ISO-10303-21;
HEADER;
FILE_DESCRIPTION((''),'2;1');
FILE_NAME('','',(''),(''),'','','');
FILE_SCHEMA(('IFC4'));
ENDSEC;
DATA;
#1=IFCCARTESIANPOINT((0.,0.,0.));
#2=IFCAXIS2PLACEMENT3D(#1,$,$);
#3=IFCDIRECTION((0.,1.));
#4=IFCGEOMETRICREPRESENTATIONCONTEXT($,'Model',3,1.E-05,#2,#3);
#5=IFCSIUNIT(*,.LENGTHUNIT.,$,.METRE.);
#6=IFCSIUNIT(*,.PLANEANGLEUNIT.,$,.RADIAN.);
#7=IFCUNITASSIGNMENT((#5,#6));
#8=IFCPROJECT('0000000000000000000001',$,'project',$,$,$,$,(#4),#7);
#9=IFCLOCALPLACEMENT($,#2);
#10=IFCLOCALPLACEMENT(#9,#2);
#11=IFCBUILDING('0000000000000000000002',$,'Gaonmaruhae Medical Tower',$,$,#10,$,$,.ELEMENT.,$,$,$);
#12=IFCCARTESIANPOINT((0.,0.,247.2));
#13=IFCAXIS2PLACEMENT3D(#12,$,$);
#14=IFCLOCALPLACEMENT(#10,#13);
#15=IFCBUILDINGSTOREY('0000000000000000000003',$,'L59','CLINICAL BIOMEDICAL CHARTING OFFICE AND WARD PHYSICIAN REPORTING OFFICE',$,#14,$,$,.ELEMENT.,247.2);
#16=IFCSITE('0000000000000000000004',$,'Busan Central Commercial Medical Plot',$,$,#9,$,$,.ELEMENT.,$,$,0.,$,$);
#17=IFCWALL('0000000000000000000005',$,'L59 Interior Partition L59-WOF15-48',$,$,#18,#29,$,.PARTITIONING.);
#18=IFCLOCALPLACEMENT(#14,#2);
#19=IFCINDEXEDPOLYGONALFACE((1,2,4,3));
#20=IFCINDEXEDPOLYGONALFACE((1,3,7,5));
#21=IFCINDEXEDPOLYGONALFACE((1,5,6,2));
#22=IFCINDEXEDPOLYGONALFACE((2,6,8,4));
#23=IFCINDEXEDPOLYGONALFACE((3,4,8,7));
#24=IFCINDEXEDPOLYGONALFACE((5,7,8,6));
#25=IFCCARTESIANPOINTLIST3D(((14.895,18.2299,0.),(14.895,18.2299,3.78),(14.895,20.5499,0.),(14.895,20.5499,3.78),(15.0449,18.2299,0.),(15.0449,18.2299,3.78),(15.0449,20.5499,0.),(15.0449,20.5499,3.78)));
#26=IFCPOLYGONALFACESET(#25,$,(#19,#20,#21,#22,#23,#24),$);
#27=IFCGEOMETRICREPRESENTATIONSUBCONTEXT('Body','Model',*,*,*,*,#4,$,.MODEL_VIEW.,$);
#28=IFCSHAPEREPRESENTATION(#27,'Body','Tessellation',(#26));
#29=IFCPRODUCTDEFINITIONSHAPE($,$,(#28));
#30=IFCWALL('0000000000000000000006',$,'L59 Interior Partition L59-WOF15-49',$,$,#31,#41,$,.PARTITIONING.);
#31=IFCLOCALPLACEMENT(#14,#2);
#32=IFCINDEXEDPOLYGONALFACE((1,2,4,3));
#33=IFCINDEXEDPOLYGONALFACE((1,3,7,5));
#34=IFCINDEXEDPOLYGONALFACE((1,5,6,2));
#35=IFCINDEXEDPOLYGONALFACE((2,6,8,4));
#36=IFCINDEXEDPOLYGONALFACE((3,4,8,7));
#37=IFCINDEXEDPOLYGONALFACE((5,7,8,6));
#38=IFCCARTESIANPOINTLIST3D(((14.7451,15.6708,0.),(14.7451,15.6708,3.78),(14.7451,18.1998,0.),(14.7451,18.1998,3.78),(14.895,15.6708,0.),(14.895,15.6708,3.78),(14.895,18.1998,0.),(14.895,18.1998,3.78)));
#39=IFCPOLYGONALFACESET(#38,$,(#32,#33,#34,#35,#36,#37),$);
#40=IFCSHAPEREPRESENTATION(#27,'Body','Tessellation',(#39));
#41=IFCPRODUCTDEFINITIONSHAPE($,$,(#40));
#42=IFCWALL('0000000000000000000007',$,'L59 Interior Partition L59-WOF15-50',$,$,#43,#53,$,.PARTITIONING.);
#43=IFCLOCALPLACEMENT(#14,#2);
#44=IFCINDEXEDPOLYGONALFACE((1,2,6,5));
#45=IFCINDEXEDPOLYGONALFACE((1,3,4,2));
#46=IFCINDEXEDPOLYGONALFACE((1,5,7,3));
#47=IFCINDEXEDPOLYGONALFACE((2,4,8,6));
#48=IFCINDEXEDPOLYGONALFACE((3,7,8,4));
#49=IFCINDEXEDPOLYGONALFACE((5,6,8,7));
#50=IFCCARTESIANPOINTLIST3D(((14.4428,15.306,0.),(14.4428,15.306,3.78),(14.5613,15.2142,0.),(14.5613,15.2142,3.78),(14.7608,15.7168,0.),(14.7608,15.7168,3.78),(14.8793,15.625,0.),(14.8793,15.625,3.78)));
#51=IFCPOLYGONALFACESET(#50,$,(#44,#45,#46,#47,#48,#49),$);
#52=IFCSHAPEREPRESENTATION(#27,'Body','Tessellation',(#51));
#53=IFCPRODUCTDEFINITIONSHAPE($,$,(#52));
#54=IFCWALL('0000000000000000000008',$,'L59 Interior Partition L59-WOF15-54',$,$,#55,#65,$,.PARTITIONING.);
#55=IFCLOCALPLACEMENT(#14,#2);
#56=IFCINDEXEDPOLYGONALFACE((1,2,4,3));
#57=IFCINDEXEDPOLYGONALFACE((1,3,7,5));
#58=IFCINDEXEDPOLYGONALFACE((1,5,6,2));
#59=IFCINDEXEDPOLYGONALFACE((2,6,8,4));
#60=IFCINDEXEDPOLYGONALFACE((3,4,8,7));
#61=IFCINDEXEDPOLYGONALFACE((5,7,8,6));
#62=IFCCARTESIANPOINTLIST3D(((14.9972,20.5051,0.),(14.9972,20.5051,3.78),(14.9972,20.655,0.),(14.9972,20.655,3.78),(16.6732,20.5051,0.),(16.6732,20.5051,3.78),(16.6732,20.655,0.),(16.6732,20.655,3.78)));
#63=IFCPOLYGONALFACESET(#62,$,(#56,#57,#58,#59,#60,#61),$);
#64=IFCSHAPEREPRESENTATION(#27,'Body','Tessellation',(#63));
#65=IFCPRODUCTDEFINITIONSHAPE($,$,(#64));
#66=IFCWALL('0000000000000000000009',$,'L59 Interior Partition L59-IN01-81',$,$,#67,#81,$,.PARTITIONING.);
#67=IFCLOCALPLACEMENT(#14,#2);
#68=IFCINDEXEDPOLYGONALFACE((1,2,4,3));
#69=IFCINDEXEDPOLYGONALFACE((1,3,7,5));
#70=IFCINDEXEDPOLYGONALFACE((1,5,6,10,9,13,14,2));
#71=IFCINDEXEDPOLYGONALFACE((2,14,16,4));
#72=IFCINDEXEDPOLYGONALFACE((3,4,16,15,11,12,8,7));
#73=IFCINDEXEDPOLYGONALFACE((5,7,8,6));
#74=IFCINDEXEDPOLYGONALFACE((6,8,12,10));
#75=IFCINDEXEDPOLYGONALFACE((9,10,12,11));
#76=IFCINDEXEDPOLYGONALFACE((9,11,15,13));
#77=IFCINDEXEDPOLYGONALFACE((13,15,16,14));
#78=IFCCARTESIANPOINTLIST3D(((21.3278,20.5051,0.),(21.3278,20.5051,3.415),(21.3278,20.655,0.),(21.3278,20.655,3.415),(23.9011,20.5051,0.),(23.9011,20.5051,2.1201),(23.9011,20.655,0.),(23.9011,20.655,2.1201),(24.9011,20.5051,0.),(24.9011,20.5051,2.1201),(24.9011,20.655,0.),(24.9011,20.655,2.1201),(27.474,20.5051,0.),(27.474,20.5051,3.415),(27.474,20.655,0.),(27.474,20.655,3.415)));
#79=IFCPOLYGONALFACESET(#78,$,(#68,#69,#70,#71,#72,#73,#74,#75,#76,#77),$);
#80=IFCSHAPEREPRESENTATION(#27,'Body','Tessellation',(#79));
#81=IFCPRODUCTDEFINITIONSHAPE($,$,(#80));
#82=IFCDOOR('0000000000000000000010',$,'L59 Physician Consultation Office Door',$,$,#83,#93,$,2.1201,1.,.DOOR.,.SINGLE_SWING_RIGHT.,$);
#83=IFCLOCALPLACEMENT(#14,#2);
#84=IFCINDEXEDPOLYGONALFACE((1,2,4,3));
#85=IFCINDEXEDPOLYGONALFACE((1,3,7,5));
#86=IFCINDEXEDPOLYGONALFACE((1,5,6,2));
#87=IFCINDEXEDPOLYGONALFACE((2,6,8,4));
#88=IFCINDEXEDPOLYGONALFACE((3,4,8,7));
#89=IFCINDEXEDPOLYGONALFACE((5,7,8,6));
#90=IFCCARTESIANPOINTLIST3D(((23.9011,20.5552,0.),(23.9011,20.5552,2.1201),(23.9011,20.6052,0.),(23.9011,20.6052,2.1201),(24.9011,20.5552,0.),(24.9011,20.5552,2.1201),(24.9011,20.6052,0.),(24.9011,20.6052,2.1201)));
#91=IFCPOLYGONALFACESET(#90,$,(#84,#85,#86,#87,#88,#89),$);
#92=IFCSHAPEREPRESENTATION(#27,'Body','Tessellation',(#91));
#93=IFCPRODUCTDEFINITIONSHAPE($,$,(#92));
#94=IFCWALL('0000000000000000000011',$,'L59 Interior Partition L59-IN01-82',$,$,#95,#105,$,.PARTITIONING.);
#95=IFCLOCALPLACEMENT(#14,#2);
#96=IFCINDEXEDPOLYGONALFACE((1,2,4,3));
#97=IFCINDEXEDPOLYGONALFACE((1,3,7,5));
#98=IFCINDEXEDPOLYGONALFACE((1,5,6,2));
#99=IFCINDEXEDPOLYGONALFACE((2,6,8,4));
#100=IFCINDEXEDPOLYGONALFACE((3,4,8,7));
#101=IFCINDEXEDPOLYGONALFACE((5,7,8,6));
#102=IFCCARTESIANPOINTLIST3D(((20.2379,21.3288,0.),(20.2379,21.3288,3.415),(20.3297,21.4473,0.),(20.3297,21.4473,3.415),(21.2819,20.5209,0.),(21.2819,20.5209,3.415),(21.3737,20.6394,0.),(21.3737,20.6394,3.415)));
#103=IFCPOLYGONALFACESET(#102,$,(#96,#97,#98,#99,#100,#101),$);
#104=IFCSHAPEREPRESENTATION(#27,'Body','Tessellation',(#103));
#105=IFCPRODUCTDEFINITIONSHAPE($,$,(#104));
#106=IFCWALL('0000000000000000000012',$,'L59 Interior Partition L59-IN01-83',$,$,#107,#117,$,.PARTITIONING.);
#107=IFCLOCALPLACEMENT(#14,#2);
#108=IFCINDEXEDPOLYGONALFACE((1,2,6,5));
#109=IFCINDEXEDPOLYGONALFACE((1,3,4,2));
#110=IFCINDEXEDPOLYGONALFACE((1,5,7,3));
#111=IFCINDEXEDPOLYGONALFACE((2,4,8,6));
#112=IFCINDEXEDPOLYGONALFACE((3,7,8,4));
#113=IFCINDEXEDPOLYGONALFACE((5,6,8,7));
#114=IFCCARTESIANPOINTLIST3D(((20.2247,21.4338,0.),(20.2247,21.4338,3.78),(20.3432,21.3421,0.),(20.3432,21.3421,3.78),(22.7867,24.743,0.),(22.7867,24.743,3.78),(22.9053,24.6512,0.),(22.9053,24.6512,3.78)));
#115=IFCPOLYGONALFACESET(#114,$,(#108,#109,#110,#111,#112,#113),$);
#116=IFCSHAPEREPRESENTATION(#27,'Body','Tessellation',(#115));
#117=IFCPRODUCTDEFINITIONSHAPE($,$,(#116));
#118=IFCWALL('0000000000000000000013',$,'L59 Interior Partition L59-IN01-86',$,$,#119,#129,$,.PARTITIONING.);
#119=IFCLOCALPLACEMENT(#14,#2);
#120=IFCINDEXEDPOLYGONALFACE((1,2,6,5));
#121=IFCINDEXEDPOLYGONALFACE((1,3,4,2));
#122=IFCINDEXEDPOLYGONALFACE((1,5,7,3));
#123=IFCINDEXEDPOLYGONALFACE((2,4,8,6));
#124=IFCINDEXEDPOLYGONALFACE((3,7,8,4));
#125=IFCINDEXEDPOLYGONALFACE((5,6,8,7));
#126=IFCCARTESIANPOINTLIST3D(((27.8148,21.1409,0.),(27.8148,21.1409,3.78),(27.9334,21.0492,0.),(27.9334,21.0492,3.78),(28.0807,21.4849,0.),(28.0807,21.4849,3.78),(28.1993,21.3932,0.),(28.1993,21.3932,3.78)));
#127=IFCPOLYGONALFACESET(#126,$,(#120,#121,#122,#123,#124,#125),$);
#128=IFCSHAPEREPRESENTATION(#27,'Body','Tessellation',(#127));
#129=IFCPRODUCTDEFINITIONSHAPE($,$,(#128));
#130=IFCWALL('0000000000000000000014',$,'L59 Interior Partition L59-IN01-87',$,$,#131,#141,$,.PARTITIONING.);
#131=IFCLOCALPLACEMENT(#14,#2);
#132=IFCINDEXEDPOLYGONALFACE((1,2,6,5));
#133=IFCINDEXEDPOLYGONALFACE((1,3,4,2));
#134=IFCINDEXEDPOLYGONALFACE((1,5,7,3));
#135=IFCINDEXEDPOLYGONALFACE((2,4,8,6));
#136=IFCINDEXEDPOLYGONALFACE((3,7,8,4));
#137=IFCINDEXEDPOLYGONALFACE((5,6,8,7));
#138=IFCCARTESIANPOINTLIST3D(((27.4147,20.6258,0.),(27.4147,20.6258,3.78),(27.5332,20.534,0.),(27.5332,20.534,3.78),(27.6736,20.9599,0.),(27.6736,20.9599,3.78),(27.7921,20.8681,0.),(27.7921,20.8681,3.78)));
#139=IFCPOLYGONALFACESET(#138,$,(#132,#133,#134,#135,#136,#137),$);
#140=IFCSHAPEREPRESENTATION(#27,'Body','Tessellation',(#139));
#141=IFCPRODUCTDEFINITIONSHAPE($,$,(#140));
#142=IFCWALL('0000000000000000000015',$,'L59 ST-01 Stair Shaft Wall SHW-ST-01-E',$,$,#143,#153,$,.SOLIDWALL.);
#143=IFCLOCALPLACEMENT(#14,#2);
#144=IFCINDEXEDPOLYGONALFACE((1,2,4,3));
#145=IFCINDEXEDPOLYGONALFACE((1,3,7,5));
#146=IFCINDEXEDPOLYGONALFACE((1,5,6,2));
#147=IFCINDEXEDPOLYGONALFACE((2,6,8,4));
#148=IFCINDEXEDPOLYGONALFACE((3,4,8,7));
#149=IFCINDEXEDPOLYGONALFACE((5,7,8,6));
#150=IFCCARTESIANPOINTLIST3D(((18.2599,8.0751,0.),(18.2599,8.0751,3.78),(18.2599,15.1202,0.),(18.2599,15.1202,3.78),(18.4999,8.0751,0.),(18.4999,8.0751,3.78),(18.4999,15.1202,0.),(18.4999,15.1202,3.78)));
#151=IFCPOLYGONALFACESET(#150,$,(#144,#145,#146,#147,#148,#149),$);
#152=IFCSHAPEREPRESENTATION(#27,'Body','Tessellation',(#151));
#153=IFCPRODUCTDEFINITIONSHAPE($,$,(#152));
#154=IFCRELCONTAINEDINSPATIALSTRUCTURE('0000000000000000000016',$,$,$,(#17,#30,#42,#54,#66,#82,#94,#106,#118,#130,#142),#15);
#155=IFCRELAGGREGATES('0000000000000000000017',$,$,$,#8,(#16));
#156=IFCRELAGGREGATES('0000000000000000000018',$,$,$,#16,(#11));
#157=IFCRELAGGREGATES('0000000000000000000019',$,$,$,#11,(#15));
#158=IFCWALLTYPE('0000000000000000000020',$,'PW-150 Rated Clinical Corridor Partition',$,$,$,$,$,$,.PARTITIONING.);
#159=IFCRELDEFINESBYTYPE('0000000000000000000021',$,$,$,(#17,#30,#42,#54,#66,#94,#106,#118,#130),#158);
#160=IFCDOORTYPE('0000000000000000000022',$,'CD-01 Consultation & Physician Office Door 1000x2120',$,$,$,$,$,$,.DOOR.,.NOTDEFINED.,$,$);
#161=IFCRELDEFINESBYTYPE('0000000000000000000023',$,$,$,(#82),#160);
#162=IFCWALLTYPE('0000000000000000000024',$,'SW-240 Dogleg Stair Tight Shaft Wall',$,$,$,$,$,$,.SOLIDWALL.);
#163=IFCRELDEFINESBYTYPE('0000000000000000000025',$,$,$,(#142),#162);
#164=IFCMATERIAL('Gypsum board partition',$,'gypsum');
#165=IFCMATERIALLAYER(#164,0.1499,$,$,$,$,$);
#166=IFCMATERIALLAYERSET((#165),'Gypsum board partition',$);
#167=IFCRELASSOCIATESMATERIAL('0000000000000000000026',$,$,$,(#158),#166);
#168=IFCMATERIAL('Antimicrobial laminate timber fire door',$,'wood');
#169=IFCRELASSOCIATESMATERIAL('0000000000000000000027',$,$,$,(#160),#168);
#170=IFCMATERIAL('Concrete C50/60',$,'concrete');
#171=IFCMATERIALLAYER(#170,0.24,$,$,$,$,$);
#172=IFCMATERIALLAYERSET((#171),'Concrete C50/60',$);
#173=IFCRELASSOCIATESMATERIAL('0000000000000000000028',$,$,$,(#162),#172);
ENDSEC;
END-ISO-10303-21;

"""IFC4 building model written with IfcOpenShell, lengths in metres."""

from ifc_helpers import new_model, si_unit, direction, frame, frame_2d, origin, place, context, subcontext, project, spatial, rectangle, extrude, material, layer, layer_set, type_object, element, fill, save


model = new_model("IFC4")

# Units and contexts
model_context = context("Model", 3, precision=1e-05, world=origin(), true_north=direction((0.0, 1.0)))
body_context = subcontext(model_context, "Body", "Model", "MODEL_VIEW")
ifc_project = project(units=[si_unit("LENGTHUNIT", "METRE"), si_unit("PLANEANGLEUNIT", "RADIAN")], contexts=[model_context])

# Site, building, storey
site_placement = place(None, origin())
site = spatial("IfcSite", under=ifc_project, at=site_placement, Name="Busan Central Commercial Medical Plot", CompositionType="ELEMENT", RefElevation=0.0)
building_placement = place(site_placement, origin())
building = spatial("IfcBuilding", under=site, at=building_placement, Name="Gaonmaruhae Medical Tower", CompositionType="ELEMENT")
storey_placement = place(building_placement, frame((0.0, 0.0, 247.2)))
storey = spatial("IfcBuildingStorey", under=building, at=storey_placement, Name="L59", Description="CLINICAL BIOMEDICAL CHARTING OFFICE AND WARD PHYSICIAN REPORTING OFFICE", CompositionType="ELEMENT", Elevation=247.2)

# Shared definitions
ifc_material_1 = material(Name="Concrete C50/60", Category="concrete")

# Walls
ifc_material_2 = material(Name="Gypsum board partition", Category="gypsum")
ifc_layer_1 = layer(ifc_material_2, 0.1499)
ifc_layer_set_1 = layer_set([ifc_layer_1], Name="Gypsum board partition")
wall_type_1 = type_object("IfcWallType", Name="PW-150 Rated Clinical Corridor Partition", PredefinedType="PARTITIONING", material=ifc_layer_set_1)
wall_1_placement = place(storey_placement, frame((14.97, 20.55, 0.0), z_axis=(0.0, 0.0, 1.0), x_axis=(0.0, -1.0, 0.0)))
element("IfcWall", 1, at=wall_1_placement, inside=storey, type_object=wall_type_1, Name="L59 Interior Partition L59-WOF15-48", PredefinedType="PARTITIONING", context=body_context, shape_type="SweptSolid", body=[
    extrude(rectangle(XDim=2.3201, YDim=0.1499, at=frame_2d((1.1602, 0.0))), origin(), (0.0, 0.0, 1.0), 3.78),
])
wall_2_placement = place(storey_placement, frame((14.8201, 18.2, 0.0), z_axis=(0.0, 0.0, 1.0), x_axis=(0.0, -1.0, 0.0)))
element("IfcWall", 2, at=wall_2_placement, inside=storey, type_object=wall_type_1, Name="L59 Interior Partition L59-WOF15-49", PredefinedType="PARTITIONING", context=body_context, shape_type="SweptSolid", body=[
    extrude(rectangle(XDim=2.5291, YDim=0.1499, at=frame_2d((1.2646, 0.0))), origin(), (0.0, 0.0, 1.0), 3.78),
])
wall_3_placement = place(storey_placement, frame((14.8201, 15.6709, 0.0), z_axis=(0.0, 0.0, 1.0), x_axis=(-0.612183, -0.790716, 0.0)))
element("IfcWall", 3, at=wall_3_placement, inside=storey, type_object=wall_type_1, Name="L59 Interior Partition L59-WOF15-50", PredefinedType="PARTITIONING", context=body_context, shape_type="SweptSolid", body=[
    extrude(rectangle(XDim=0.5195, YDim=0.1499, at=frame_2d((0.2598, 0.0))), origin(), (0.0, 0.0, 1.0), 3.78),
])
wall_4_placement = place(storey_placement, frame((16.6731, 20.5801, 0.0), z_axis=(0.0, 0.0, 1.0), x_axis=(-1.0, 0.0, 0.0)))
element("IfcWall", 4, at=wall_4_placement, inside=storey, type_object=wall_type_1, Name="L59 Interior Partition L59-WOF15-54", PredefinedType="PARTITIONING", context=body_context, shape_type="SweptSolid", body=[
    extrude(rectangle(XDim=1.676, YDim=0.1499, at=frame_2d((0.8379, 0.0))), origin(), (0.0, 0.0, 1.0), 3.78),
])

# Wall, opening, door
wall_5_placement = place(storey_placement, frame((27.4741, 20.5801, 0.0), z_axis=(0.0, 0.0, 1.0), x_axis=(-1.0, 0.0, 0.0)))
wall_5 = element("IfcWall", 5, at=wall_5_placement, inside=storey, type_object=wall_type_1, Name="L59 Interior Partition L59-IN01-81", PredefinedType="PARTITIONING", context=body_context, shape_type="SweptSolid", body=[
    extrude(rectangle(XDim=6.1462, YDim=0.1499, at=frame_2d((3.0732, 0.0))), origin(), (0.0, 0.0, 1.0), 3.415),
])
opening_1_placement = place(wall_5_placement, frame((2.573, 0.0, 0.0)))
opening_1 = element("IfcOpeningElement", 6, at=opening_1_placement, cuts=wall_5, PredefinedType="OPENING", context=body_context, shape_type="SweptSolid", body=[
    extrude(rectangle(XDim=1.0, YDim=2.1201, at=frame_2d((0.5, 1.0601))), frame((0.0, 0.085, 0.0), z_axis=(0.0, -1.0, 0.0), x_axis=(1.0, 0.0, 0.0)), (0.0, 0.0, 1.0), 0.1699),
])
ifc_material_3 = material(Name="Antimicrobial laminate timber fire door", Category="wood")
door_type_1 = type_object("IfcDoorType", Name="CD-01 Consultation & Physician Office Door 1000x2120", OperationType="NOTDEFINED", PredefinedType="DOOR", material=ifc_material_3)
door_1_placement = place(opening_1_placement, origin())
door_1 = element("IfcDoor", 7, at=door_1_placement, inside=storey, type_object=door_type_1, Name="L59 Physician Consultation Office Door", OperationType="SINGLE_SWING_RIGHT", OverallHeight=2.1201, OverallWidth=1.0, PredefinedType="DOOR", context=body_context, shape_type="SweptSolid", body=[
    extrude(rectangle(XDim=1.0, YDim=2.1201, at=frame_2d((0.5, 1.0601))), frame((0.0, 0.0249, 0.0), z_axis=(0.0, -1.0, 0.0), x_axis=(1.0, 0.0, 0.0)), (0.0, 0.0, 1.0), 0.05),
])
fill(opening_1, door_1)

# Walls
wall_6_placement = place(storey_placement, frame((21.3279, 20.5801, 0.0), z_axis=(0.0, 0.0, 1.0), x_axis=(-0.790854, 0.612005, 0.0)))
element("IfcWall", 8, at=wall_6_placement, inside=storey, type_object=wall_type_1, Name="L59 Interior Partition L59-IN01-82", PredefinedType="PARTITIONING", context=body_context, shape_type="SweptSolid", body=[
    extrude(rectangle(XDim=1.3201, YDim=0.1499, at=frame_2d((0.6602, 0.0))), origin(), (0.0, 0.0, 1.0), 3.415),
])
wall_7_placement = place(storey_placement, frame((20.2839, 21.3879, 0.0), z_axis=(0.0, 0.0, 1.0), x_axis=(0.612194, 0.790707, 0.0)))
element("IfcWall", 9, at=wall_7_placement, inside=storey, type_object=wall_type_1, Name="L59 Interior Partition L59-IN01-83", PredefinedType="PARTITIONING", context=body_context, shape_type="SweptSolid", body=[
    extrude(rectangle(XDim=4.1851, YDim=0.1499, at=frame_2d((2.0925, 0.0))), origin(), (0.0, 0.0, 1.0), 3.78),
])
wall_8_placement = place(storey_placement, frame((28.1399, 21.439, 0.0), z_axis=(0.0, 0.0, 1.0), x_axis=(-0.611527, -0.791223, 0.0)))
element("IfcWall", 10, at=wall_8_placement, inside=storey, type_object=wall_type_1, Name="L59 Interior Partition L59-IN01-86", PredefinedType="PARTITIONING", context=body_context, shape_type="SweptSolid", body=[
    extrude(rectangle(XDim=0.4348, YDim=0.1499, at=frame_2d((0.2173, 0.0))), origin(), (0.0, 0.0, 1.0), 3.78),
])
wall_9_placement = place(storey_placement, frame((27.7329, 20.9141, 0.0), z_axis=(0.0, 0.0, 1.0), x_axis=(-0.612499, -0.790471, 0.0)))
element("IfcWall", 11, at=wall_9_placement, inside=storey, type_object=wall_type_1, Name="L59 Interior Partition L59-IN01-87", PredefinedType="PARTITIONING", context=body_context, shape_type="SweptSolid", body=[
    extrude(rectangle(XDim=0.4226, YDim=0.1499, at=frame_2d((0.2114, 0.0))), origin(), (0.0, 0.0, 1.0), 3.78),
])
ifc_layer_2 = layer(ifc_material_1, 0.24)
ifc_layer_set_2 = layer_set([ifc_layer_2], Name="Concrete C50/60")
wall_type_2 = type_object("IfcWallType", Name="SW-240 Dogleg Stair Tight Shaft Wall", PredefinedType="SOLIDWALL", material=ifc_layer_set_2)
wall_10_placement = place(storey_placement, frame((18.3799, 15.1201, 0.0), z_axis=(0.0, 0.0, 1.0), x_axis=(0.0, -1.0, 0.0)))
element("IfcWall", 12, at=wall_10_placement, inside=storey, type_object=wall_type_2, Name="L59 ST-01 Stair Shaft Wall SHW-ST-01-E", PredefinedType="SOLIDWALL", context=body_context, shape_type="SweptSolid", body=[
    extrude(rectangle(XDim=7.0452, YDim=0.24, at=frame_2d((3.5225, 0.0))), origin(), (0.0, 0.0, 1.0), 3.78),
])

save(model, "model.ifc")
